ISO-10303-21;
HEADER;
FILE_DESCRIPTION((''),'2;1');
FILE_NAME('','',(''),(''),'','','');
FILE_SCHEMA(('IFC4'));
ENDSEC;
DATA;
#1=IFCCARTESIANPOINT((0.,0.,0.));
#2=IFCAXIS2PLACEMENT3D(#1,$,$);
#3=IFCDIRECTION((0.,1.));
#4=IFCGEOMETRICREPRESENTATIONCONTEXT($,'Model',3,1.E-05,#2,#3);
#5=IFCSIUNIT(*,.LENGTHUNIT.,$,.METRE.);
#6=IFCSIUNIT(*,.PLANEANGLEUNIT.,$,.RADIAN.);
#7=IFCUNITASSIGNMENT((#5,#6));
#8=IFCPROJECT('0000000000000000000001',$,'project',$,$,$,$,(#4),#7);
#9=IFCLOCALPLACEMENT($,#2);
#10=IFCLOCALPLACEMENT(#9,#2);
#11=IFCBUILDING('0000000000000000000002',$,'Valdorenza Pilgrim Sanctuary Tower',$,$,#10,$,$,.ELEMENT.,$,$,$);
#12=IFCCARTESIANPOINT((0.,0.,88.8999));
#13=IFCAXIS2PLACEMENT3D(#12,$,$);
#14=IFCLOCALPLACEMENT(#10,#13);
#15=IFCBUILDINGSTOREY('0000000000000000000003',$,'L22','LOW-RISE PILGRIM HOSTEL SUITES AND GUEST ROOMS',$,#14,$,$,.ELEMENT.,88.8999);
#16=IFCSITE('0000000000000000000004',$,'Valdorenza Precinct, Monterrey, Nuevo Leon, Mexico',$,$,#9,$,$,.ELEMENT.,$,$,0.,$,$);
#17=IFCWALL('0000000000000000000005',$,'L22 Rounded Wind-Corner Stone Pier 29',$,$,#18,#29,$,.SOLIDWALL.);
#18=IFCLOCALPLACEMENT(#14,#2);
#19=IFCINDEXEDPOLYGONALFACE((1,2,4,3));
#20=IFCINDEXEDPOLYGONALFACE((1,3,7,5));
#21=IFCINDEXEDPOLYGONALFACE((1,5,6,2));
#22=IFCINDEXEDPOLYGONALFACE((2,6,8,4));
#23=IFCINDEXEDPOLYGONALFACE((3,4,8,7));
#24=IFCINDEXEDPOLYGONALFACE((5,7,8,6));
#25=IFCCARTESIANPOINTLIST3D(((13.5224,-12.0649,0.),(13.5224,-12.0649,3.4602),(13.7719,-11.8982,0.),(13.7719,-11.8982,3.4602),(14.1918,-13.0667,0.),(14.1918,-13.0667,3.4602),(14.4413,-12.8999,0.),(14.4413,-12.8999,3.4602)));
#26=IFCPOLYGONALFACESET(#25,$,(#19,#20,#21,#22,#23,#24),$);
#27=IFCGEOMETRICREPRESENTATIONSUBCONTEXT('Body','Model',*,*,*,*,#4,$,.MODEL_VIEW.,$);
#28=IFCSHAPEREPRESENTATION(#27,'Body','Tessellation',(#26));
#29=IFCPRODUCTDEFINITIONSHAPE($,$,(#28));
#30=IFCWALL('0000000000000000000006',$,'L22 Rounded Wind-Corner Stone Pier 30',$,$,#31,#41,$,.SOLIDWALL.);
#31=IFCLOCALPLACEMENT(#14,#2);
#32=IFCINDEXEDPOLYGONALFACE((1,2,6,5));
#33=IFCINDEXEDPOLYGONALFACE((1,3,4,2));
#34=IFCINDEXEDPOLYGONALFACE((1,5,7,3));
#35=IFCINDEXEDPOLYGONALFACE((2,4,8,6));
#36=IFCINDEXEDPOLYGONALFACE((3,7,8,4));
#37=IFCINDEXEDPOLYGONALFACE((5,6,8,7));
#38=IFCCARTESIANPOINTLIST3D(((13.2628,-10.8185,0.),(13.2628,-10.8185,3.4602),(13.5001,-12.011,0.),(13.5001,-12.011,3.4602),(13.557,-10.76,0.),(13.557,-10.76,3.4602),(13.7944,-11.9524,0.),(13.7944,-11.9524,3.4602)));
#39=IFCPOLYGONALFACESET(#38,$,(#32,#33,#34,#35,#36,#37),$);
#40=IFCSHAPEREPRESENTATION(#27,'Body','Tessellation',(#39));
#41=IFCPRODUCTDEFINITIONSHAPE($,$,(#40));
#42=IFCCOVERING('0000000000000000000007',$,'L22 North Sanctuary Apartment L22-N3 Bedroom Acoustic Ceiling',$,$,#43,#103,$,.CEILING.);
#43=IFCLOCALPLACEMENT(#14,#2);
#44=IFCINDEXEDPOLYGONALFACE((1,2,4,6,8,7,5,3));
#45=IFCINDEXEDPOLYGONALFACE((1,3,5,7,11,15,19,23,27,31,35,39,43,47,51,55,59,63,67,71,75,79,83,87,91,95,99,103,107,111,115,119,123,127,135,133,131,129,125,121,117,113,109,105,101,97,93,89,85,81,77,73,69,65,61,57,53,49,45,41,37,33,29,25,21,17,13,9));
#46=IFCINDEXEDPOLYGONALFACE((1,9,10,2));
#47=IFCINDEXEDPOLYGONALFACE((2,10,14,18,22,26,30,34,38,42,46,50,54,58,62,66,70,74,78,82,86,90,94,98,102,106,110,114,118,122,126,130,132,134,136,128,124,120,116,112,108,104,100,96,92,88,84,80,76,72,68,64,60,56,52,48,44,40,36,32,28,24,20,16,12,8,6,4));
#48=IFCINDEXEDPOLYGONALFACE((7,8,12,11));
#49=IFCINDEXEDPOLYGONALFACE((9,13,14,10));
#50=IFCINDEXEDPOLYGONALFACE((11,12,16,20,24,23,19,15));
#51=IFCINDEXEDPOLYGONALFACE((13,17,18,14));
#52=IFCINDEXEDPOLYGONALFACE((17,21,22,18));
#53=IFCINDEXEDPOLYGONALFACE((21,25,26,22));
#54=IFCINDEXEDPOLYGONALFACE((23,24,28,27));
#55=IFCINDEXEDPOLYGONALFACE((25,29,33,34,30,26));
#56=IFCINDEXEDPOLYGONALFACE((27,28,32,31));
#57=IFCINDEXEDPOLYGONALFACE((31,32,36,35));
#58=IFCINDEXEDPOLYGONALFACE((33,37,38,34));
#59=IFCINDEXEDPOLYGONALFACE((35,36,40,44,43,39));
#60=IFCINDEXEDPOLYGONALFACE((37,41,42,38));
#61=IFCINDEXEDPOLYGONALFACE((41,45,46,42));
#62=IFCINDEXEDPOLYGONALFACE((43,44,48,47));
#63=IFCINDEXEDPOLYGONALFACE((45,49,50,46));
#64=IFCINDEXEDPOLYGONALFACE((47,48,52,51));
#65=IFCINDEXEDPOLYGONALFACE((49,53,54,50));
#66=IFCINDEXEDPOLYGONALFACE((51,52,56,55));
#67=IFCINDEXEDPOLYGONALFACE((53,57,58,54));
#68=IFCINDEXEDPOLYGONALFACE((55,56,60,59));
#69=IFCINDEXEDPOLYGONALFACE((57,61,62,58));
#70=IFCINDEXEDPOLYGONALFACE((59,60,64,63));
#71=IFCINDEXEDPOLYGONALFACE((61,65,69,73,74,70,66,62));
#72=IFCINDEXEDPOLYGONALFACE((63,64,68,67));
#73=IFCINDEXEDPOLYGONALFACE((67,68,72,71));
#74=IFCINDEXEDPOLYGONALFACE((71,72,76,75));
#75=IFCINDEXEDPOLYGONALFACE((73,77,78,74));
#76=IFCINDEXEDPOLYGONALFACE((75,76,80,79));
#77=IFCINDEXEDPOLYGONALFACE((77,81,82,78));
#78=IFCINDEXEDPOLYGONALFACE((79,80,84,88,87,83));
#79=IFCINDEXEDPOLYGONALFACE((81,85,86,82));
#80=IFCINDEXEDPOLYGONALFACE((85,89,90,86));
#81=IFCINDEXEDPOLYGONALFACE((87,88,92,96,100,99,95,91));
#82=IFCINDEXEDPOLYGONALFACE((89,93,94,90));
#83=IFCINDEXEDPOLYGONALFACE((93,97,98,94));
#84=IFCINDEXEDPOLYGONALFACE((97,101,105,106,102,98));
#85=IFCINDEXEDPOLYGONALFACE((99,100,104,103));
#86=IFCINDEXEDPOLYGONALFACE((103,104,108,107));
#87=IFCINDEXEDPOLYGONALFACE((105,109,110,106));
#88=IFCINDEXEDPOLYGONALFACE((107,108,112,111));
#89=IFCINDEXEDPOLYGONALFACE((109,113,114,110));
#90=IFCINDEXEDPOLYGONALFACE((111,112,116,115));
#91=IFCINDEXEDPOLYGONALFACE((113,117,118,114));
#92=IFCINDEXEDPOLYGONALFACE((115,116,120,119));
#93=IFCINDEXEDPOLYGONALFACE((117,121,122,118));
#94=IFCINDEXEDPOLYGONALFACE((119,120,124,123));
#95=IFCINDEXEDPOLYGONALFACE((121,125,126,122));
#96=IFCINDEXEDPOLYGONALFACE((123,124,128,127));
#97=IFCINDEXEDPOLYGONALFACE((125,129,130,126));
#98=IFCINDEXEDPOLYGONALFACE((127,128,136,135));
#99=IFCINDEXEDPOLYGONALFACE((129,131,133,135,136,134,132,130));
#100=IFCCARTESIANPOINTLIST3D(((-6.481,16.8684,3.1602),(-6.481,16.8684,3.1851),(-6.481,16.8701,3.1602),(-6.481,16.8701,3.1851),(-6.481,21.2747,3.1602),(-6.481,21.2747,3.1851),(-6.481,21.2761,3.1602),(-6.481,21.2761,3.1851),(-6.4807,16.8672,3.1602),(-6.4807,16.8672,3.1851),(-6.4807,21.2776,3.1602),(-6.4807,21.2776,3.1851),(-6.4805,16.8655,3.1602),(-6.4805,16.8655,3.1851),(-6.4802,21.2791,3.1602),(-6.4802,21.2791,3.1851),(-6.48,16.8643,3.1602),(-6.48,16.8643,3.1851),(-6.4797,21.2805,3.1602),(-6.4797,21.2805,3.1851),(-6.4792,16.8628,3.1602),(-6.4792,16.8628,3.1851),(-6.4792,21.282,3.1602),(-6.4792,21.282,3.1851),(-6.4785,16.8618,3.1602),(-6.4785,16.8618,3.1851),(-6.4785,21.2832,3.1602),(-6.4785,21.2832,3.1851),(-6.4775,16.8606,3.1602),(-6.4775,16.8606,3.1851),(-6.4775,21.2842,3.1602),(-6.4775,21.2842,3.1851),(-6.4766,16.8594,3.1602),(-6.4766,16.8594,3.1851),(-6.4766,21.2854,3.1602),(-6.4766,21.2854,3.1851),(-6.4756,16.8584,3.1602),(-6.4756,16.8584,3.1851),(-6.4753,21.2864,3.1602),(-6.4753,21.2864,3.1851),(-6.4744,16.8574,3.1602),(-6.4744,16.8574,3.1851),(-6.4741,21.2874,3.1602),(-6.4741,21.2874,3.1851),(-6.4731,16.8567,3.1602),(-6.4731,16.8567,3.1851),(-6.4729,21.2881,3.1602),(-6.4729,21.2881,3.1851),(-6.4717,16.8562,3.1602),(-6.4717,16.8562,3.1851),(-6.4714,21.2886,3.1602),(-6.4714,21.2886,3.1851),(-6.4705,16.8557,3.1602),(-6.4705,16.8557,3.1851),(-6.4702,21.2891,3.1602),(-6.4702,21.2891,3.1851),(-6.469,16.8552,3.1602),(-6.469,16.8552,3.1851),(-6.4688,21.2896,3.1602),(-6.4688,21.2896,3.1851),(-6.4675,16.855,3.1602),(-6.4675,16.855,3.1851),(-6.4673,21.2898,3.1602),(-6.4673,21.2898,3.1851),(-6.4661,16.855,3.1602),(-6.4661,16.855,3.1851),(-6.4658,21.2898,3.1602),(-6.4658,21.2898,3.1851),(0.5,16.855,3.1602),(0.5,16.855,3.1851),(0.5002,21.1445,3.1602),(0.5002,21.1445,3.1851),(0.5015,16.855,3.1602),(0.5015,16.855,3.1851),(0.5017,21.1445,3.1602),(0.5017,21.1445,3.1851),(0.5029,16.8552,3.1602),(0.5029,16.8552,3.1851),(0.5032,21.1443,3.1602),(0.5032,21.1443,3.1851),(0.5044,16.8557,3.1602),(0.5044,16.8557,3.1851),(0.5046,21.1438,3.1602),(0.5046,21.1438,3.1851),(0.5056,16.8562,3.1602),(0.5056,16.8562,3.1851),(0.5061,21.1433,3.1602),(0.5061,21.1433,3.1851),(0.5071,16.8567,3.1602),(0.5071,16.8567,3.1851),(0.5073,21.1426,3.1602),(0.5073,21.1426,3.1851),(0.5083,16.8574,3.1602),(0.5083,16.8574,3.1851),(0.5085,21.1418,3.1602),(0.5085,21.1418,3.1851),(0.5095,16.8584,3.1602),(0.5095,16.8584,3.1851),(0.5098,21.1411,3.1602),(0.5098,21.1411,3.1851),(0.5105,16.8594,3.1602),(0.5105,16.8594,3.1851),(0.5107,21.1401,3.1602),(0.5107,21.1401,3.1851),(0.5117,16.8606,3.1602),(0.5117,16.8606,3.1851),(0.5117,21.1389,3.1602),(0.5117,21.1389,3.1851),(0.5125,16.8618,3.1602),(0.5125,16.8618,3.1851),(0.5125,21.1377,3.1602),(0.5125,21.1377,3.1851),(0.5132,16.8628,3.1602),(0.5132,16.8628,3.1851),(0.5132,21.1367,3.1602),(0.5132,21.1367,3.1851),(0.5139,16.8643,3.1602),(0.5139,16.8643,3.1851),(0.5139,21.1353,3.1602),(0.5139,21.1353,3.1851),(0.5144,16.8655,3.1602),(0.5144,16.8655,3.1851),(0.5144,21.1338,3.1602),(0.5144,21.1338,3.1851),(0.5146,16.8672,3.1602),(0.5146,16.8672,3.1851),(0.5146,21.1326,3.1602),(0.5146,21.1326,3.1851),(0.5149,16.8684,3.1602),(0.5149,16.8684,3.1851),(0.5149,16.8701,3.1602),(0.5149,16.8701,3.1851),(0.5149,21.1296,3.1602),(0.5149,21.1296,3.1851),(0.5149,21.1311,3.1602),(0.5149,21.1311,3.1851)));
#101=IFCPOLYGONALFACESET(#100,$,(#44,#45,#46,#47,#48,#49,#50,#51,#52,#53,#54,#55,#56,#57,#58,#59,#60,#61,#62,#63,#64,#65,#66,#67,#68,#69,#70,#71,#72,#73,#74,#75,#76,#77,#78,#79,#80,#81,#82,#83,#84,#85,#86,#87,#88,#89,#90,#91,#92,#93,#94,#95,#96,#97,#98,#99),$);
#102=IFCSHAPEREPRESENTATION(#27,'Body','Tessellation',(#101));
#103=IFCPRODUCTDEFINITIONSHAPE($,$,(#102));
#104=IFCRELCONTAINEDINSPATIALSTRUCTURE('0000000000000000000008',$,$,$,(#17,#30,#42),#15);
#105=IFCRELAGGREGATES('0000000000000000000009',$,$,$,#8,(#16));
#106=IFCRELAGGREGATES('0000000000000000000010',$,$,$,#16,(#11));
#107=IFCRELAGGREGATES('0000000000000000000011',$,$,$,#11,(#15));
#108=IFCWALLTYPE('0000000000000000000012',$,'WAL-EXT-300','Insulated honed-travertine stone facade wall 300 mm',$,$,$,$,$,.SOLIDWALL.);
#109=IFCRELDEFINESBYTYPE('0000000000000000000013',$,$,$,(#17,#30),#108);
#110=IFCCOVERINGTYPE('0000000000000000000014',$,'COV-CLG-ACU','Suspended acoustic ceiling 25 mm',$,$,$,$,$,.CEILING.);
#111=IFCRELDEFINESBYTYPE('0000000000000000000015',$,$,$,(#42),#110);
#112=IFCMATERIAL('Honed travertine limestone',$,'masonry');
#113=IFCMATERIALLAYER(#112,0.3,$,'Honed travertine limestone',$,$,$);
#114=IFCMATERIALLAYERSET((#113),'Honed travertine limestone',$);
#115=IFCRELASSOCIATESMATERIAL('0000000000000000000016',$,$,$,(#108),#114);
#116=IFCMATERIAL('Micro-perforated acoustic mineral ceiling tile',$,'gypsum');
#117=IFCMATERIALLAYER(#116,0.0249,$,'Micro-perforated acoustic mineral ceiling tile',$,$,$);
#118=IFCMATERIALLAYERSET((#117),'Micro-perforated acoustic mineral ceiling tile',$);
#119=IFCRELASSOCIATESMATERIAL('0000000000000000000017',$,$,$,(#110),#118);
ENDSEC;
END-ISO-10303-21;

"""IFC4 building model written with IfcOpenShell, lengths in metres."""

from ifc_helpers import new_model, si_unit, direction, frame, frame_2d, origin, place, context, subcontext, project, spatial, polyline, rectangle, outline, extrude, material, layer, layer_set, type_object, element, save


model = new_model("IFC4")

# Units and contexts
model_context = context("Model", 3, precision=1e-05, world=origin(), true_north=direction((0.0, 1.0)))
body_context = subcontext(model_context, "Body", "Model", "MODEL_VIEW")
ifc_project = project(units=[si_unit("LENGTHUNIT", "METRE"), si_unit("PLANEANGLEUNIT", "RADIAN")], contexts=[model_context])

# Site, building, storey
site_placement = place(None, origin())
site = spatial("IfcSite", under=ifc_project, at=site_placement, Name="Valdorenza Precinct, Monterrey, Nuevo Leon, Mexico", CompositionType="ELEMENT", RefElevation=0.0)
building_placement = place(site_placement, origin())
building = spatial("IfcBuilding", under=site, at=building_placement, Name="Valdorenza Pilgrim Sanctuary Tower", CompositionType="ELEMENT")
storey_placement = place(building_placement, frame((0.0, 0.0, 88.8999)))
storey = spatial("IfcBuildingStorey", under=building, at=storey_placement, Name="L22", Description="LOW-RISE PILGRIM HOSTEL SUITES AND GUEST ROOMS", CompositionType="ELEMENT", Elevation=88.8999)

# Shared definitions
ifc_material_1 = material(Name="Honed travertine limestone", Category="masonry")

# Walls
ifc_layer_1 = layer(ifc_material_1, 0.3, Name="Honed travertine limestone")
ifc_layer_set_1 = layer_set([ifc_layer_1], Name="Honed travertine limestone")
wall_type_1 = type_object("IfcWallType", Name="WAL-EXT-300", Description="Insulated honed-travertine stone facade wall 300 mm", PredefinedType="SOLIDWALL", material=ifc_layer_set_1)
for number, where, z_axis, x_axis, name in (
    (1, (14.3167, -12.9834, 0.0), (0.0, 0.0, 1.0), (-0.555635, 0.831426, 0.0), "L22 Rounded Wind-Corner Stone Pier 29"),
):
    element("IfcWall", number, at=place(storey_placement, frame(where, z_axis=z_axis, x_axis=x_axis)), inside=storey, type_object=wall_type_1, Name=name, PredefinedType="SOLIDWALL", context=body_context, shape_type="SweptSolid", body=[
        extrude(rectangle(XDim=1.2048, YDim=0.3, at=frame_2d((0.6025, 0.0))), origin(), (0.0, 0.0, 1.0), 3.4602),
    ])
wall_1_placement = place(storey_placement, frame((13.6472, -11.9817, 0.0), z_axis=(0.0, 0.0, 1.0), x_axis=(-0.195189, 0.980766, 0.0)))
element("IfcWall", 2, at=wall_1_placement, inside=storey, type_object=wall_type_1, Name="L22 Rounded Wind-Corner Stone Pier 30", PredefinedType="SOLIDWALL", context=body_context, shape_type="SweptSolid", body=[
    extrude(rectangle(XDim=1.2158, YDim=0.3, at=frame_2d((0.6079, 0.0))), origin(), (0.0, 0.0, 1.0), 3.4602),
])

# Covering
ifc_material_2 = material(Name="Micro-perforated acoustic mineral ceiling tile", Category="gypsum")
ifc_layer_2 = layer(ifc_material_2, 0.0249, Name="Micro-perforated acoustic mineral ceiling tile")
ifc_layer_set_2 = layer_set([ifc_layer_2], Name="Micro-perforated acoustic mineral ceiling tile")
covering_type_1 = type_object("IfcCoveringType", Name="COV-CLG-ACU", Description="Suspended acoustic ceiling 25 mm", PredefinedType="CEILING", material=ifc_layer_set_2)
covering_1_placement = place(storey_placement, frame((0.0, 0.0, 3.1602)))
element("IfcCovering", 3, at=covering_1_placement, inside=storey, type_object=covering_type_1, Name="L22 North Sanctuary Apartment L22-N3 Bedroom Acoustic Ceiling", PredefinedType="CEILING", context=body_context, shape_type="SweptSolid", body=[
    extrude(outline(polyline([(-6.4661, 16.855), (-6.4675, 16.855), (-6.469, 16.8552), (-6.4705, 16.8557), (-6.4717, 16.8562), (-6.4731, 16.8567), (-6.4744, 16.8574), (-6.4756, 16.8584), (-6.4766, 16.8594), (-6.4775, 16.8606), (-6.4785, 16.8618), (-6.4792, 16.8628), (-6.48, 16.8643), (-6.4805, 16.8655), (-6.4807, 16.8672), (-6.481, 16.8684), (-6.481, 16.8701), (-6.481, 21.2747), (-6.481, 21.2761), (-6.4807, 21.2776), (-6.4802, 21.2791), (-6.4797, 21.2805), (-6.4792, 21.282), (-6.4785, 21.2832), (-6.4775, 21.2842), (-6.4766, 21.2854), (-6.4753, 21.2864), (-6.4741, 21.2874), (-6.4729, 21.2881), (-6.4714, 21.2886), (-6.4702, 21.2891), (-6.4688, 21.2896), (-6.4673, 21.2898), (-6.4658, 21.2898), (0.5002, 21.1445), (0.5017, 21.1445), (0.5032, 21.1443), (0.5046, 21.1438), (0.5061, 21.1433), (0.5073, 21.1426), (0.5085, 21.1418), (0.5098, 21.1411), (0.5107, 21.1401), (0.5117, 21.1389), (0.5125, 21.1377), (0.5132, 21.1367), (0.5139, 21.1353), (0.5144, 21.1338), (0.5146, 21.1326), (0.5149, 21.1311), (0.5149, 21.1296), (0.5149, 16.8701), (0.5149, 16.8684), (0.5146, 16.8672), (0.5144, 16.8655), (0.5139, 16.8643), (0.5132, 16.8628), (0.5125, 16.8618), (0.5117, 16.8606), (0.5105, 16.8594), (0.5095, 16.8584), (0.5083, 16.8574), (0.5071, 16.8567), (0.5056, 16.8562), (0.5044, 16.8557), (0.5029, 16.8552), (0.5015, 16.855), (0.5, 16.855), (-6.4661, 16.855)])), origin(), (0.0, 0.0, 1.0), 0.0249),
])

save(model, "model.ifc")
